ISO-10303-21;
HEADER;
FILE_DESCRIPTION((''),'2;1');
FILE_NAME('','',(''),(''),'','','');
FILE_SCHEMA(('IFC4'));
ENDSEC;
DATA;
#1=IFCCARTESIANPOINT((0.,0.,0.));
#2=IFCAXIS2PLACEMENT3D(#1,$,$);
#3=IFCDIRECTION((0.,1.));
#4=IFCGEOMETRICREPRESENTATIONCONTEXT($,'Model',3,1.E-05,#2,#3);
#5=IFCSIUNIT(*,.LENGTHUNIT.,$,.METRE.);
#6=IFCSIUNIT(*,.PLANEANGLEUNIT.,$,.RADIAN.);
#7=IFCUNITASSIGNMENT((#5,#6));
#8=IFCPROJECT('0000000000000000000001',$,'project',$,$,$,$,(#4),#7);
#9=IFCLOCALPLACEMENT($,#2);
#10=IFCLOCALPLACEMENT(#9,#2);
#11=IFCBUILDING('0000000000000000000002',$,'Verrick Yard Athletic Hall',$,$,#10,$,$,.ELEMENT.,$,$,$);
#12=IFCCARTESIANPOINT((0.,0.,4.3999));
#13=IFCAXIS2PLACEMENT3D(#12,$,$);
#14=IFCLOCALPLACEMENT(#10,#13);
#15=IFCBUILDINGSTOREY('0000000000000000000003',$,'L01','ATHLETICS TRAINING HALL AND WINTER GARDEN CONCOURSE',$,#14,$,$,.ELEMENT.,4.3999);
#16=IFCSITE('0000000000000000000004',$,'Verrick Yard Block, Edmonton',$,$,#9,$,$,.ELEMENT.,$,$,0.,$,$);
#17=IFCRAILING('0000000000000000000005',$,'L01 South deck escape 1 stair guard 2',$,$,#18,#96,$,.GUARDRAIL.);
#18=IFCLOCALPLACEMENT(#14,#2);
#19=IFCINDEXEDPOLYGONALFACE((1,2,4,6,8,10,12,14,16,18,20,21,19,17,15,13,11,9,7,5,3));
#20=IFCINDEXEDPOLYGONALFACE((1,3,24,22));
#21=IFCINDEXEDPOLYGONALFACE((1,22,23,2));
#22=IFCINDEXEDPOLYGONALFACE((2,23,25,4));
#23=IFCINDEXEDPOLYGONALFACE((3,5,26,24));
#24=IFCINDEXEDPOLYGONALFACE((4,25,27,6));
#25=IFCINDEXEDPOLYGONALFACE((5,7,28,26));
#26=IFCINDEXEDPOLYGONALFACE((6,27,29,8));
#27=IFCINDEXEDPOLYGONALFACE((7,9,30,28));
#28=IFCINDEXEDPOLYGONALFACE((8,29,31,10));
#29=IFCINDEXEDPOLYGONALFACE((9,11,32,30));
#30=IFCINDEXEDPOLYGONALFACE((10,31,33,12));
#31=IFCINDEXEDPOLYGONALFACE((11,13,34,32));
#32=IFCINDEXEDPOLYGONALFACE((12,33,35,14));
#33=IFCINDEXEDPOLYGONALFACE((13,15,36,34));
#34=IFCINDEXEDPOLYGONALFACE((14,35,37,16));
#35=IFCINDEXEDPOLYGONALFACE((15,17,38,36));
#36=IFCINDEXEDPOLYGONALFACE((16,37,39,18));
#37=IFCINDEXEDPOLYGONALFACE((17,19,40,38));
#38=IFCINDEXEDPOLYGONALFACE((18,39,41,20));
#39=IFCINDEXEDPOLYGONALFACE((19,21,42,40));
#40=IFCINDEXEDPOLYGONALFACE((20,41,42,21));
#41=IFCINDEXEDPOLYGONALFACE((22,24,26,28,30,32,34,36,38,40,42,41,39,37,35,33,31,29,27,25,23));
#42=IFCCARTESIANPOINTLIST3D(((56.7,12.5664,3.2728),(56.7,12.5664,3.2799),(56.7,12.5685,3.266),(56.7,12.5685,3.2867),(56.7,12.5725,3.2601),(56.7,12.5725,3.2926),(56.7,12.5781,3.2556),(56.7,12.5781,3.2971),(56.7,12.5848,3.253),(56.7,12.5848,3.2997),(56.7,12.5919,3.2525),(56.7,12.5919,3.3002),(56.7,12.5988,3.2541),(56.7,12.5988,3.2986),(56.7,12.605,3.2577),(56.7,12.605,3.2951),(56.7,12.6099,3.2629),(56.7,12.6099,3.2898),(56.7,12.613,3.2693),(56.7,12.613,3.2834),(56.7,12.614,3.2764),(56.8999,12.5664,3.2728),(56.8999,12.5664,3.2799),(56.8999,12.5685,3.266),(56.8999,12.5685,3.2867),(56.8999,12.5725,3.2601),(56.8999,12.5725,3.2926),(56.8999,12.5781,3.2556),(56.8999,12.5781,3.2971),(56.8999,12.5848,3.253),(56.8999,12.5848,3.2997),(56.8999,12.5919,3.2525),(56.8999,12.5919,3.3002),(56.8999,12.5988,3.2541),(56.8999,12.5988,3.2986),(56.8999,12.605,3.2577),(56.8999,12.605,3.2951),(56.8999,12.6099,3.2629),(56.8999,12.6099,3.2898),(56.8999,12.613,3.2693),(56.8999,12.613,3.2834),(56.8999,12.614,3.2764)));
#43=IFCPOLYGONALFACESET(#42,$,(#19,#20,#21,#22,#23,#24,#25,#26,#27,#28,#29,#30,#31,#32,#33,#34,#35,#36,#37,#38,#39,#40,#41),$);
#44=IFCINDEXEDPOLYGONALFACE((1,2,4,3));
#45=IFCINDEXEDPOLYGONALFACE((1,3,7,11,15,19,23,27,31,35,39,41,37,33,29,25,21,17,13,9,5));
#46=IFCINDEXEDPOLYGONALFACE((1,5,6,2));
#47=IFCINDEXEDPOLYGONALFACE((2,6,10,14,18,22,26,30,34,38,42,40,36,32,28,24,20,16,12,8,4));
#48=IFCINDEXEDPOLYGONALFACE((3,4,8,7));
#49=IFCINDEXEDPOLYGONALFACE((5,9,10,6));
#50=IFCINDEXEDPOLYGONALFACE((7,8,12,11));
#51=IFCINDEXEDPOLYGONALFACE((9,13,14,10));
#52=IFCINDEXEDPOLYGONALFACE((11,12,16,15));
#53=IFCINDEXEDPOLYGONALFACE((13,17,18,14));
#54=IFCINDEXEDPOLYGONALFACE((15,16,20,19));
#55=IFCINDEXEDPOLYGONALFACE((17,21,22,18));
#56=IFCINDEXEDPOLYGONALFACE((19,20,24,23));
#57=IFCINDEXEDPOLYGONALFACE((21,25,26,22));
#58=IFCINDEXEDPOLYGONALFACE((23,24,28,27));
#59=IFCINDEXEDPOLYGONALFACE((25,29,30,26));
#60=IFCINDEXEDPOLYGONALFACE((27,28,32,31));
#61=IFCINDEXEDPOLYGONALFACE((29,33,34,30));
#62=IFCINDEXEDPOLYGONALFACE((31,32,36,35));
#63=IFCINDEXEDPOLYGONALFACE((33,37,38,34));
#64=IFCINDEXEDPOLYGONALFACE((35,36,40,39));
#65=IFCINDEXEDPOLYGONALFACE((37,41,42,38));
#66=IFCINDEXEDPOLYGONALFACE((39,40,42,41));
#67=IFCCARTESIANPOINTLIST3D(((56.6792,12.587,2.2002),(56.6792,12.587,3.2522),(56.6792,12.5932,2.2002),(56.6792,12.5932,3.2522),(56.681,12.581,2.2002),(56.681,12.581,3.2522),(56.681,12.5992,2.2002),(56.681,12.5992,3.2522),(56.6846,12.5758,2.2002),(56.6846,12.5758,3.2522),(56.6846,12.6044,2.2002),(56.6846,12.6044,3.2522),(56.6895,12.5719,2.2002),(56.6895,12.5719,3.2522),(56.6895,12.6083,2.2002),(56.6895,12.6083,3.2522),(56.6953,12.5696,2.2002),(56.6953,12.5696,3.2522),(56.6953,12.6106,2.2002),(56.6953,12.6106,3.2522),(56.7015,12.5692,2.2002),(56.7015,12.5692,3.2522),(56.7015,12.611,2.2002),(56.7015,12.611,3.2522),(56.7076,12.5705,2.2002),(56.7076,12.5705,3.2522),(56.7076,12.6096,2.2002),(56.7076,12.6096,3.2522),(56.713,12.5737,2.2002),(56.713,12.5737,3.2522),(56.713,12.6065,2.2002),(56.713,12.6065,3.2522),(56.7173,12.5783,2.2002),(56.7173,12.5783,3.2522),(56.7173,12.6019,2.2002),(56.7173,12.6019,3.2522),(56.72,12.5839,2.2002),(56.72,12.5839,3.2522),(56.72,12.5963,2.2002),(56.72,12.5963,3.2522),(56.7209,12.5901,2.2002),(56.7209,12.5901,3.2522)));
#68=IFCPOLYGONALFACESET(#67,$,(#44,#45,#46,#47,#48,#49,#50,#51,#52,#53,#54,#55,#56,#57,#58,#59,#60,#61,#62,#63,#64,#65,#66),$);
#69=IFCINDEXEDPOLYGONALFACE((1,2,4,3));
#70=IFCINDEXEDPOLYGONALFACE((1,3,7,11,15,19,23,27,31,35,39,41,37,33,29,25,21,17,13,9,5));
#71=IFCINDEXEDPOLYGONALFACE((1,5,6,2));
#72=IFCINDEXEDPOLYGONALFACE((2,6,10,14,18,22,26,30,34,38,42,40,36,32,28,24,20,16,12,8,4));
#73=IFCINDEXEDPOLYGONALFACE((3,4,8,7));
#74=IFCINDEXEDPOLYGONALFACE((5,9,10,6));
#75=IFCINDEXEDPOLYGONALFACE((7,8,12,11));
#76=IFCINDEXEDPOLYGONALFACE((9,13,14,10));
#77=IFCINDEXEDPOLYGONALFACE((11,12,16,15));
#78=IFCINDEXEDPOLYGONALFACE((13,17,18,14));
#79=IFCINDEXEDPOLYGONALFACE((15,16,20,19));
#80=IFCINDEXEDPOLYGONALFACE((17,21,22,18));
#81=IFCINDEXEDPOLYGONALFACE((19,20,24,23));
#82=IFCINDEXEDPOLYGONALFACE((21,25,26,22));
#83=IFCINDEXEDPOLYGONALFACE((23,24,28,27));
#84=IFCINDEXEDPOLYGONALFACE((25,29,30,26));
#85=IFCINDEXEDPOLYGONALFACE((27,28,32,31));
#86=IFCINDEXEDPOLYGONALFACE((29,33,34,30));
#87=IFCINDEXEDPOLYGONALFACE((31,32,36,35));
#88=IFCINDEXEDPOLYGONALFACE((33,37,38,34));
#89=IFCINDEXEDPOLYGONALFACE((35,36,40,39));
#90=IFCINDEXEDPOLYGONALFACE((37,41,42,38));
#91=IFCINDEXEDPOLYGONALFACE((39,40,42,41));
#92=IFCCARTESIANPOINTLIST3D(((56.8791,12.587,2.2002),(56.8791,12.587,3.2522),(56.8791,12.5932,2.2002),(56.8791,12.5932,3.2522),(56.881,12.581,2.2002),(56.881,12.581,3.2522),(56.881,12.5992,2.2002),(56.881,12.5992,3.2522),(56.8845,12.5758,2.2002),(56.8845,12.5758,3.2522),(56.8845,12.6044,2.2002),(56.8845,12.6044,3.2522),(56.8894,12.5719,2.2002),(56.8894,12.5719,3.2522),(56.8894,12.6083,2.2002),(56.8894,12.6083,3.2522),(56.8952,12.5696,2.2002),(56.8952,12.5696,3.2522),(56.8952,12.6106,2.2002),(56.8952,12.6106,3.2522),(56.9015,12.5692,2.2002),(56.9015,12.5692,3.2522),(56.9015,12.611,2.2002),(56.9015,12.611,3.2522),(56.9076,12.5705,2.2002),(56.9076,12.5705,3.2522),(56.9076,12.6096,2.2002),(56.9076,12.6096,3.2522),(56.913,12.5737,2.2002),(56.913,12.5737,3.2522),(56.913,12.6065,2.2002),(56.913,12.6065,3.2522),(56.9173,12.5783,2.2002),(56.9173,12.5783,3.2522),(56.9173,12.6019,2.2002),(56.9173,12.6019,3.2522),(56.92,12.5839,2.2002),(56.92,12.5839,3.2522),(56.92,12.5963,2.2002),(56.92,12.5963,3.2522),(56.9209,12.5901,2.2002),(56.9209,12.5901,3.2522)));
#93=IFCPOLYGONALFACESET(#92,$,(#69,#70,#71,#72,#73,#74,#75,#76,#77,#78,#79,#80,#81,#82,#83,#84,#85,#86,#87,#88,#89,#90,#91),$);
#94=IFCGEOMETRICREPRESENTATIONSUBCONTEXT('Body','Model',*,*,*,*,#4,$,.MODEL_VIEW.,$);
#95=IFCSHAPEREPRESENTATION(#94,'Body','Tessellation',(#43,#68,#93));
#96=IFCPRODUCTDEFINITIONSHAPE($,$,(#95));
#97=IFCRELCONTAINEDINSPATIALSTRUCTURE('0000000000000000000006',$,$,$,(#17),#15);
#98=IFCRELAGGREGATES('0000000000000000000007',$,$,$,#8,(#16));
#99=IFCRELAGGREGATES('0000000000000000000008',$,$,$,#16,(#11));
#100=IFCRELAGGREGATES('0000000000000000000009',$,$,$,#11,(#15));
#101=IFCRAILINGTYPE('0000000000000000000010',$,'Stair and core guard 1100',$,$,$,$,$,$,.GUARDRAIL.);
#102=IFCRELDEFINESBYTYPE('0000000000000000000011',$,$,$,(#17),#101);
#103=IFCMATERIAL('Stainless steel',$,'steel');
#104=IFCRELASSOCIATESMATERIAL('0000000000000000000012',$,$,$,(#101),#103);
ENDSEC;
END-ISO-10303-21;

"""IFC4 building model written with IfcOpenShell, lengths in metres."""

from ifc_helpers import new_model, si_unit, direction, frame, origin, origin_2d, place, context, subcontext, project, spatial, circle, extrude, material, type_object, element, save


model = new_model("IFC4")

# Units and contexts
model_context = context("Model", 3, precision=1e-05, world=origin(), true_north=direction((0.0, 1.0)))
body_context = subcontext(model_context, "Body", "Model", "MODEL_VIEW")
ifc_project = project(units=[si_unit("LENGTHUNIT", "METRE"), si_unit("PLANEANGLEUNIT", "RADIAN")], contexts=[model_context])

# Site, building, storey
site_placement = place(None, origin())
site = spatial("IfcSite", under=ifc_project, at=site_placement, Name="Verrick Yard Block, Edmonton", CompositionType="ELEMENT", RefElevation=0.0)
building_placement = place(site_placement, origin())
building = spatial("IfcBuilding", under=site, at=building_placement, Name="Verrick Yard Athletic Hall", CompositionType="ELEMENT")
storey_placement = place(building_placement, frame((0.0, 0.0, 4.3999)))
storey = spatial("IfcBuildingStorey", under=building, at=storey_placement, Name="L01", Description="ATHLETICS TRAINING HALL AND WINTER GARDEN CONCOURSE", CompositionType="ELEMENT", Elevation=4.3999)

# Railing
ifc_material_1 = material(Name="Stainless steel", Category="steel")
railing_type_1 = type_object("IfcRailingType", Name="Stair and core guard 1100", PredefinedType="GUARDRAIL", material=ifc_material_1)
railing_1_placement = place(storey_placement, frame((56.7, 12.5901, 2.2002)))
element("IfcRailing", 1, at=railing_1_placement, inside=storey, type_object=railing_type_1, Name="L01 South deck escape 1 stair guard 2", PredefinedType="GUARDRAIL", context=body_context, shape_type="SweptSolid", body=[
    extrude(circle(Radius=0.0239, at=origin_2d()), frame((0.0, 0.0, 1.0762), z_axis=(1.0, 0.0, 0.0), x_axis=(0.0, 1.0, 0.0)), (0.0, 0.0, 1.0), 0.2),
    extrude(circle(Radius=0.021, at=origin_2d()), origin(), (0.0, 0.0, 1.0), 1.052),
    extrude(circle(Radius=0.021, at=origin_2d()), frame((0.2, 0.0, 0.0)), (0.0, 0.0, 1.0), 1.052),
])

save(model, "model.ifc")
